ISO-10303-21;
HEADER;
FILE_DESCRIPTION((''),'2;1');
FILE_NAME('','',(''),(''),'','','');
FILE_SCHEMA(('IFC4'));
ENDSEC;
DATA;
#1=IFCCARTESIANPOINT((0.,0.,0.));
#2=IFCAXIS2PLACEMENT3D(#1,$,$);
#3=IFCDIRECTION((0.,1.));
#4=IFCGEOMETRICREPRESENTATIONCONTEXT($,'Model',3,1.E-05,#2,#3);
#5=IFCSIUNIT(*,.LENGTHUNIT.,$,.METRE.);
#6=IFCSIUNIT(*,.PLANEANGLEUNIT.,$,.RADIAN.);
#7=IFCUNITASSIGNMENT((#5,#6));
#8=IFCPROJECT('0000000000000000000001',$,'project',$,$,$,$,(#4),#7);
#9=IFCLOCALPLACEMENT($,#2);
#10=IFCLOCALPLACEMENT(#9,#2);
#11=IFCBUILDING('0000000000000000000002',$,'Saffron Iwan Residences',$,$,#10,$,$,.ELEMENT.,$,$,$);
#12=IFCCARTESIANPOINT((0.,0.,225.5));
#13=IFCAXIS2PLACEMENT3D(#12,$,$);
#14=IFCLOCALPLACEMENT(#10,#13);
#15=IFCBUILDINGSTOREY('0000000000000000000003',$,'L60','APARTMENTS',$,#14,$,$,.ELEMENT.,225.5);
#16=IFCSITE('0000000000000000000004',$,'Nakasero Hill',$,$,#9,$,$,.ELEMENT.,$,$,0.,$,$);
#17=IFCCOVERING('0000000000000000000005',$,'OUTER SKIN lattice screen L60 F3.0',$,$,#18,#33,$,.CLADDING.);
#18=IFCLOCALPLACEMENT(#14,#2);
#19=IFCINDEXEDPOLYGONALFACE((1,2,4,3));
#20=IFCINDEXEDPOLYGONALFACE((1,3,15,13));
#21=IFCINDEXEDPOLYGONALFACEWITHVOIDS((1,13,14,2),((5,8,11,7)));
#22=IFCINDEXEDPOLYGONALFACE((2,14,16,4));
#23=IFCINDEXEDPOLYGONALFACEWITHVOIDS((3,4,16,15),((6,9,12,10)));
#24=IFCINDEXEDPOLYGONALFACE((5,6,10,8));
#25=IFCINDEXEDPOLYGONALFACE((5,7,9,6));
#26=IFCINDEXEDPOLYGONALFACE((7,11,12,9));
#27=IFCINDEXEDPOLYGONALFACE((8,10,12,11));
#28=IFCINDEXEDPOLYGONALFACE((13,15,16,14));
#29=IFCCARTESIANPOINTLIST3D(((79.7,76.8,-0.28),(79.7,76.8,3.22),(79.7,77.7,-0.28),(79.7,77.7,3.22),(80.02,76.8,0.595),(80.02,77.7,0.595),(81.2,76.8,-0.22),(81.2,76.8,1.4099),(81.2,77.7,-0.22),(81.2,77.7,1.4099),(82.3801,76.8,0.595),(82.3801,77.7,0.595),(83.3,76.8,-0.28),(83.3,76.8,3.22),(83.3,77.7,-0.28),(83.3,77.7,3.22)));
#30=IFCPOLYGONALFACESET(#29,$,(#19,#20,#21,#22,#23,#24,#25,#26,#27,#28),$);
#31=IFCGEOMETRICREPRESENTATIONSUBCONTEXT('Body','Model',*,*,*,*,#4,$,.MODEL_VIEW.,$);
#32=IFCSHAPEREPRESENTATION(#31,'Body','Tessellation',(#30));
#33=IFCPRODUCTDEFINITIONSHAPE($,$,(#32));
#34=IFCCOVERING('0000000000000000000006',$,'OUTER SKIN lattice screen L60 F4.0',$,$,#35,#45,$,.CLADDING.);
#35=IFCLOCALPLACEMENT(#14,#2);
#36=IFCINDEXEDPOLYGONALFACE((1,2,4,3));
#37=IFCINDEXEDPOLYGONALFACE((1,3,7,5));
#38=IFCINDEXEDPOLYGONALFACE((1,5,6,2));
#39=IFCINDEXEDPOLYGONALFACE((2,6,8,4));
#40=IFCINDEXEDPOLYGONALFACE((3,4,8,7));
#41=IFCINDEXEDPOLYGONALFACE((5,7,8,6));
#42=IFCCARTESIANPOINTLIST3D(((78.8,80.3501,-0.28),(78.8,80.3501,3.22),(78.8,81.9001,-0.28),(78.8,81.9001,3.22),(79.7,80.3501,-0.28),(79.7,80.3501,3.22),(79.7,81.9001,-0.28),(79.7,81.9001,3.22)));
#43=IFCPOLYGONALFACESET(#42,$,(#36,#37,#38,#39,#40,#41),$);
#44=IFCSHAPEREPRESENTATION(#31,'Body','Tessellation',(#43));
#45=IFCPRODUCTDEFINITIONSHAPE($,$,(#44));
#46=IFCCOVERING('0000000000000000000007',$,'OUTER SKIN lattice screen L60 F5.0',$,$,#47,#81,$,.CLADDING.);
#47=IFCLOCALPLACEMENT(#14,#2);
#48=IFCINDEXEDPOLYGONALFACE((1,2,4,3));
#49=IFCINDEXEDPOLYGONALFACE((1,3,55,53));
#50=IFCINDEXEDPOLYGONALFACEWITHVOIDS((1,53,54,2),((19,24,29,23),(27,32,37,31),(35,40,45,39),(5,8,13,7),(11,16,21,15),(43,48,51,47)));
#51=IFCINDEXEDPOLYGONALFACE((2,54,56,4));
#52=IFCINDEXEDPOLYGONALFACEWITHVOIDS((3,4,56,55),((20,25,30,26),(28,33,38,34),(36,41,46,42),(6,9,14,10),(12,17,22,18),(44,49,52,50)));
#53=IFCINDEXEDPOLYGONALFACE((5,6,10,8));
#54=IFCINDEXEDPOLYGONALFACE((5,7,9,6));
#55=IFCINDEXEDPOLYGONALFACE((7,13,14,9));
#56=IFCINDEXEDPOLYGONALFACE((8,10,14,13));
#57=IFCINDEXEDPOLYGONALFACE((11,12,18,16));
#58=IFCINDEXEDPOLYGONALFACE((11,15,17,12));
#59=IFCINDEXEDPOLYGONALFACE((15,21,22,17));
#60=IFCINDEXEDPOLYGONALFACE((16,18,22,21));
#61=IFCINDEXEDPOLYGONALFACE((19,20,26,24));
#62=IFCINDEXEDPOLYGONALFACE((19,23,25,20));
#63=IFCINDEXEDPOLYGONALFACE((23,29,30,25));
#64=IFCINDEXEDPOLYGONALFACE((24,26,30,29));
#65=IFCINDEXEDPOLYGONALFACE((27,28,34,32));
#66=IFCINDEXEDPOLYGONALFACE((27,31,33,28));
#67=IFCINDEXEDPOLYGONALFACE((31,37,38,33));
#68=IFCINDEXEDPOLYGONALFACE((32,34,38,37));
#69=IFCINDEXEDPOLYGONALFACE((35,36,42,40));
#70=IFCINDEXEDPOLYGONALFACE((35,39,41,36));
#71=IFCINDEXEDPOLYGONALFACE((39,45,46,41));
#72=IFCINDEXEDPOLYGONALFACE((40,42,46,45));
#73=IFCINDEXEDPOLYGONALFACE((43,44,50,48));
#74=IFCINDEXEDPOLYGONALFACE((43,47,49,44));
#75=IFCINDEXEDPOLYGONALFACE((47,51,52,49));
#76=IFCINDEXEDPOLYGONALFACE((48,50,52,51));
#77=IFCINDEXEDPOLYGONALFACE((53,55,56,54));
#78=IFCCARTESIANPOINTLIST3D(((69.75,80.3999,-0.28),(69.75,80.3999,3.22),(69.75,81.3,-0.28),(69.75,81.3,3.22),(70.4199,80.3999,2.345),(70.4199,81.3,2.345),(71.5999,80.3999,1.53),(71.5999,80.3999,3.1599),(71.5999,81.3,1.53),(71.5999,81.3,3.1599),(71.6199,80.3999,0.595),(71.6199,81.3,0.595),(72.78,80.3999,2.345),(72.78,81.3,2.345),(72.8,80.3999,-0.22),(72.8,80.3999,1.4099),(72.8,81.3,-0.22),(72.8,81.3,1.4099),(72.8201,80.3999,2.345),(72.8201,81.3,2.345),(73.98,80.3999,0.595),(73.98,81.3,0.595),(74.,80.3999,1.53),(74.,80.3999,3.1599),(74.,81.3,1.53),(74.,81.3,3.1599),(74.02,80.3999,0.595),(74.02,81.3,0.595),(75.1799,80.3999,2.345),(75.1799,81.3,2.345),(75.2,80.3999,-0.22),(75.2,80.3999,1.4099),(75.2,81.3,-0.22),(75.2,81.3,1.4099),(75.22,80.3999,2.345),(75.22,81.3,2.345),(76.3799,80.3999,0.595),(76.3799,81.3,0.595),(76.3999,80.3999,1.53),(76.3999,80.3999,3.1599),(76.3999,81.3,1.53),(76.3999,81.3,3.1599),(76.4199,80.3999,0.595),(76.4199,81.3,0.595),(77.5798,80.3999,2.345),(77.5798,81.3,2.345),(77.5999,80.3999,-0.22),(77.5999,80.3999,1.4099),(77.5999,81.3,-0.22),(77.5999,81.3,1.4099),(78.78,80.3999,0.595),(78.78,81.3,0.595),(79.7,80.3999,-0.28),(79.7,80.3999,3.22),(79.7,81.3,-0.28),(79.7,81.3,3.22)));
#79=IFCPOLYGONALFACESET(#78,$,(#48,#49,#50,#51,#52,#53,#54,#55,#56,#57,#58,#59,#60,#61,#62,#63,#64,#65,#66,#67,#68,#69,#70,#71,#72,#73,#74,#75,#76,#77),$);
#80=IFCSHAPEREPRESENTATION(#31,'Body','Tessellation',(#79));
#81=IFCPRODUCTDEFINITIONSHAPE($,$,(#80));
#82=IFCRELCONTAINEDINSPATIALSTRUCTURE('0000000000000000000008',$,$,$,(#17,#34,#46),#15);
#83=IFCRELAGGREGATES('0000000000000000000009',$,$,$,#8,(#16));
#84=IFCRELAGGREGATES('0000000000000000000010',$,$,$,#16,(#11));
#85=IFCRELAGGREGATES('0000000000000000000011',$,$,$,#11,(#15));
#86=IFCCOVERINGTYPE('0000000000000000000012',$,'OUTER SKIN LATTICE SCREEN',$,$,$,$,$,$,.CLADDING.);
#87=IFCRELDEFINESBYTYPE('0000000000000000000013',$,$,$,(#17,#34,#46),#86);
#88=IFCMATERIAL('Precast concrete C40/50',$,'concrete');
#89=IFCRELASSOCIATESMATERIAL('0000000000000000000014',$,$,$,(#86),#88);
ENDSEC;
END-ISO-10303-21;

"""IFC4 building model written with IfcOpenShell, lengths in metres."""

from ifc_helpers import new_model, si_unit, direction, frame, origin, place, context, subcontext, project, spatial, polyline, outline, extrude, material, type_object, element, save


model = new_model("IFC4")

# Units and contexts
model_context = context("Model", 3, precision=1e-05, world=origin(), true_north=direction((0.0, 1.0)))
body_context = subcontext(model_context, "Body", "Model", "MODEL_VIEW")
ifc_project = project(units=[si_unit("LENGTHUNIT", "METRE"), si_unit("PLANEANGLEUNIT", "RADIAN")], contexts=[model_context])

# Site, building, storey
site_placement = place(None, origin())
site = spatial("IfcSite", under=ifc_project, at=site_placement, Name="Nakasero Hill", CompositionType="ELEMENT", RefElevation=0.0)
building_placement = place(site_placement, origin())
building = spatial("IfcBuilding", under=site, at=building_placement, Name="Saffron Iwan Residences", CompositionType="ELEMENT")
storey_placement = place(building_placement, frame((0.0, 0.0, 225.5)))
storey = spatial("IfcBuildingStorey", under=building, at=storey_placement, Name="L60", Description="APARTMENTS", CompositionType="ELEMENT", Elevation=225.5)

# Coverings
ifc_material_1 = material(Name="Precast concrete C40/50", Category="concrete")
covering_type_1 = type_object("IfcCoveringType", Name="OUTER SKIN LATTICE SCREEN", PredefinedType="CLADDING", material=ifc_material_1)
covering_1_placement = place(storey_placement, frame((83.3, 76.8, -0.28), z_axis=(0.0, 1.0, 0.0), x_axis=(-1.0, 0.0, 0.0)))
element("IfcCovering", 1, at=covering_1_placement, inside=storey, type_object=covering_type_1, Name="OUTER SKIN lattice screen L60 F3.0", PredefinedType="CLADDING", context=body_context, shape_type="SweptSolid", body=[
    extrude(outline(polyline([(0.0, 0.0), (3.6001, 0.0), (3.6001, 3.5), (0.0, 3.5), (0.0, 0.0)]), holes=[polyline([(0.9199, 0.875), (2.1001, 0.0601), (3.28, 0.875), (2.1001, 1.6899), (0.9199, 0.875)])]), origin(), (0.0, 0.0, 1.0), 0.8999),
])
covering_2_placement = place(storey_placement, frame((78.8, 80.3501, -0.28), z_axis=(1.0, 0.0, 0.0), x_axis=(0.0, 1.0, 0.0)))
element("IfcCovering", 2, at=covering_2_placement, inside=storey, type_object=covering_type_1, Name="OUTER SKIN lattice screen L60 F4.0", PredefinedType="CLADDING", context=body_context, shape_type="SweptSolid", body=[
    extrude(outline(polyline([(0.0, 0.0), (1.55, 0.0), (1.55, 3.5), (0.0, 3.5), (0.0, 0.0)])), origin(), (0.0, 0.0, 1.0), 0.8999),
])
covering_3_placement = place(storey_placement, frame((79.7, 80.3999, -0.28), z_axis=(0.0, 1.0, 0.0), x_axis=(-1.0, 0.0, 0.0)))
element("IfcCovering", 3, at=covering_3_placement, inside=storey, type_object=covering_type_1, Name="OUTER SKIN lattice screen L60 F5.0", PredefinedType="CLADDING", context=body_context, shape_type="SweptSolid", body=[
    extrude(outline(polyline([(0.0, 0.0), (9.95, 0.0), (9.95, 3.5), (0.0, 3.5), (0.0, 0.0)]), holes=[polyline([(0.9199, 0.875), (2.1001, 0.0601), (3.28, 0.875), (2.1001, 1.6899), (0.9199, 0.875)]), polyline([(3.3201, 0.875), (4.5, 0.0601), (5.6799, 0.875), (4.5, 1.6899), (3.3201, 0.875)]), polyline([(5.72, 0.875), (6.8999, 0.0601), (8.0801, 0.875), (6.8999, 1.6899), (5.72, 0.875)]), polyline([(2.1201, 2.625), (3.3, 1.8101), (4.48, 2.625), (3.3, 3.4399), (2.1201, 2.625)]), polyline([(4.52, 2.625), (5.7, 1.8101), (6.8799, 2.625), (5.7, 3.4399), (4.52, 2.625)]), polyline([(6.9199, 2.625), (8.1001, 1.8101), (9.28, 2.625), (8.1001, 3.4399), (6.9199, 2.625)])]), origin(), (0.0, 0.0, 1.0), 0.9001),
])

save(model, "model.ifc")
